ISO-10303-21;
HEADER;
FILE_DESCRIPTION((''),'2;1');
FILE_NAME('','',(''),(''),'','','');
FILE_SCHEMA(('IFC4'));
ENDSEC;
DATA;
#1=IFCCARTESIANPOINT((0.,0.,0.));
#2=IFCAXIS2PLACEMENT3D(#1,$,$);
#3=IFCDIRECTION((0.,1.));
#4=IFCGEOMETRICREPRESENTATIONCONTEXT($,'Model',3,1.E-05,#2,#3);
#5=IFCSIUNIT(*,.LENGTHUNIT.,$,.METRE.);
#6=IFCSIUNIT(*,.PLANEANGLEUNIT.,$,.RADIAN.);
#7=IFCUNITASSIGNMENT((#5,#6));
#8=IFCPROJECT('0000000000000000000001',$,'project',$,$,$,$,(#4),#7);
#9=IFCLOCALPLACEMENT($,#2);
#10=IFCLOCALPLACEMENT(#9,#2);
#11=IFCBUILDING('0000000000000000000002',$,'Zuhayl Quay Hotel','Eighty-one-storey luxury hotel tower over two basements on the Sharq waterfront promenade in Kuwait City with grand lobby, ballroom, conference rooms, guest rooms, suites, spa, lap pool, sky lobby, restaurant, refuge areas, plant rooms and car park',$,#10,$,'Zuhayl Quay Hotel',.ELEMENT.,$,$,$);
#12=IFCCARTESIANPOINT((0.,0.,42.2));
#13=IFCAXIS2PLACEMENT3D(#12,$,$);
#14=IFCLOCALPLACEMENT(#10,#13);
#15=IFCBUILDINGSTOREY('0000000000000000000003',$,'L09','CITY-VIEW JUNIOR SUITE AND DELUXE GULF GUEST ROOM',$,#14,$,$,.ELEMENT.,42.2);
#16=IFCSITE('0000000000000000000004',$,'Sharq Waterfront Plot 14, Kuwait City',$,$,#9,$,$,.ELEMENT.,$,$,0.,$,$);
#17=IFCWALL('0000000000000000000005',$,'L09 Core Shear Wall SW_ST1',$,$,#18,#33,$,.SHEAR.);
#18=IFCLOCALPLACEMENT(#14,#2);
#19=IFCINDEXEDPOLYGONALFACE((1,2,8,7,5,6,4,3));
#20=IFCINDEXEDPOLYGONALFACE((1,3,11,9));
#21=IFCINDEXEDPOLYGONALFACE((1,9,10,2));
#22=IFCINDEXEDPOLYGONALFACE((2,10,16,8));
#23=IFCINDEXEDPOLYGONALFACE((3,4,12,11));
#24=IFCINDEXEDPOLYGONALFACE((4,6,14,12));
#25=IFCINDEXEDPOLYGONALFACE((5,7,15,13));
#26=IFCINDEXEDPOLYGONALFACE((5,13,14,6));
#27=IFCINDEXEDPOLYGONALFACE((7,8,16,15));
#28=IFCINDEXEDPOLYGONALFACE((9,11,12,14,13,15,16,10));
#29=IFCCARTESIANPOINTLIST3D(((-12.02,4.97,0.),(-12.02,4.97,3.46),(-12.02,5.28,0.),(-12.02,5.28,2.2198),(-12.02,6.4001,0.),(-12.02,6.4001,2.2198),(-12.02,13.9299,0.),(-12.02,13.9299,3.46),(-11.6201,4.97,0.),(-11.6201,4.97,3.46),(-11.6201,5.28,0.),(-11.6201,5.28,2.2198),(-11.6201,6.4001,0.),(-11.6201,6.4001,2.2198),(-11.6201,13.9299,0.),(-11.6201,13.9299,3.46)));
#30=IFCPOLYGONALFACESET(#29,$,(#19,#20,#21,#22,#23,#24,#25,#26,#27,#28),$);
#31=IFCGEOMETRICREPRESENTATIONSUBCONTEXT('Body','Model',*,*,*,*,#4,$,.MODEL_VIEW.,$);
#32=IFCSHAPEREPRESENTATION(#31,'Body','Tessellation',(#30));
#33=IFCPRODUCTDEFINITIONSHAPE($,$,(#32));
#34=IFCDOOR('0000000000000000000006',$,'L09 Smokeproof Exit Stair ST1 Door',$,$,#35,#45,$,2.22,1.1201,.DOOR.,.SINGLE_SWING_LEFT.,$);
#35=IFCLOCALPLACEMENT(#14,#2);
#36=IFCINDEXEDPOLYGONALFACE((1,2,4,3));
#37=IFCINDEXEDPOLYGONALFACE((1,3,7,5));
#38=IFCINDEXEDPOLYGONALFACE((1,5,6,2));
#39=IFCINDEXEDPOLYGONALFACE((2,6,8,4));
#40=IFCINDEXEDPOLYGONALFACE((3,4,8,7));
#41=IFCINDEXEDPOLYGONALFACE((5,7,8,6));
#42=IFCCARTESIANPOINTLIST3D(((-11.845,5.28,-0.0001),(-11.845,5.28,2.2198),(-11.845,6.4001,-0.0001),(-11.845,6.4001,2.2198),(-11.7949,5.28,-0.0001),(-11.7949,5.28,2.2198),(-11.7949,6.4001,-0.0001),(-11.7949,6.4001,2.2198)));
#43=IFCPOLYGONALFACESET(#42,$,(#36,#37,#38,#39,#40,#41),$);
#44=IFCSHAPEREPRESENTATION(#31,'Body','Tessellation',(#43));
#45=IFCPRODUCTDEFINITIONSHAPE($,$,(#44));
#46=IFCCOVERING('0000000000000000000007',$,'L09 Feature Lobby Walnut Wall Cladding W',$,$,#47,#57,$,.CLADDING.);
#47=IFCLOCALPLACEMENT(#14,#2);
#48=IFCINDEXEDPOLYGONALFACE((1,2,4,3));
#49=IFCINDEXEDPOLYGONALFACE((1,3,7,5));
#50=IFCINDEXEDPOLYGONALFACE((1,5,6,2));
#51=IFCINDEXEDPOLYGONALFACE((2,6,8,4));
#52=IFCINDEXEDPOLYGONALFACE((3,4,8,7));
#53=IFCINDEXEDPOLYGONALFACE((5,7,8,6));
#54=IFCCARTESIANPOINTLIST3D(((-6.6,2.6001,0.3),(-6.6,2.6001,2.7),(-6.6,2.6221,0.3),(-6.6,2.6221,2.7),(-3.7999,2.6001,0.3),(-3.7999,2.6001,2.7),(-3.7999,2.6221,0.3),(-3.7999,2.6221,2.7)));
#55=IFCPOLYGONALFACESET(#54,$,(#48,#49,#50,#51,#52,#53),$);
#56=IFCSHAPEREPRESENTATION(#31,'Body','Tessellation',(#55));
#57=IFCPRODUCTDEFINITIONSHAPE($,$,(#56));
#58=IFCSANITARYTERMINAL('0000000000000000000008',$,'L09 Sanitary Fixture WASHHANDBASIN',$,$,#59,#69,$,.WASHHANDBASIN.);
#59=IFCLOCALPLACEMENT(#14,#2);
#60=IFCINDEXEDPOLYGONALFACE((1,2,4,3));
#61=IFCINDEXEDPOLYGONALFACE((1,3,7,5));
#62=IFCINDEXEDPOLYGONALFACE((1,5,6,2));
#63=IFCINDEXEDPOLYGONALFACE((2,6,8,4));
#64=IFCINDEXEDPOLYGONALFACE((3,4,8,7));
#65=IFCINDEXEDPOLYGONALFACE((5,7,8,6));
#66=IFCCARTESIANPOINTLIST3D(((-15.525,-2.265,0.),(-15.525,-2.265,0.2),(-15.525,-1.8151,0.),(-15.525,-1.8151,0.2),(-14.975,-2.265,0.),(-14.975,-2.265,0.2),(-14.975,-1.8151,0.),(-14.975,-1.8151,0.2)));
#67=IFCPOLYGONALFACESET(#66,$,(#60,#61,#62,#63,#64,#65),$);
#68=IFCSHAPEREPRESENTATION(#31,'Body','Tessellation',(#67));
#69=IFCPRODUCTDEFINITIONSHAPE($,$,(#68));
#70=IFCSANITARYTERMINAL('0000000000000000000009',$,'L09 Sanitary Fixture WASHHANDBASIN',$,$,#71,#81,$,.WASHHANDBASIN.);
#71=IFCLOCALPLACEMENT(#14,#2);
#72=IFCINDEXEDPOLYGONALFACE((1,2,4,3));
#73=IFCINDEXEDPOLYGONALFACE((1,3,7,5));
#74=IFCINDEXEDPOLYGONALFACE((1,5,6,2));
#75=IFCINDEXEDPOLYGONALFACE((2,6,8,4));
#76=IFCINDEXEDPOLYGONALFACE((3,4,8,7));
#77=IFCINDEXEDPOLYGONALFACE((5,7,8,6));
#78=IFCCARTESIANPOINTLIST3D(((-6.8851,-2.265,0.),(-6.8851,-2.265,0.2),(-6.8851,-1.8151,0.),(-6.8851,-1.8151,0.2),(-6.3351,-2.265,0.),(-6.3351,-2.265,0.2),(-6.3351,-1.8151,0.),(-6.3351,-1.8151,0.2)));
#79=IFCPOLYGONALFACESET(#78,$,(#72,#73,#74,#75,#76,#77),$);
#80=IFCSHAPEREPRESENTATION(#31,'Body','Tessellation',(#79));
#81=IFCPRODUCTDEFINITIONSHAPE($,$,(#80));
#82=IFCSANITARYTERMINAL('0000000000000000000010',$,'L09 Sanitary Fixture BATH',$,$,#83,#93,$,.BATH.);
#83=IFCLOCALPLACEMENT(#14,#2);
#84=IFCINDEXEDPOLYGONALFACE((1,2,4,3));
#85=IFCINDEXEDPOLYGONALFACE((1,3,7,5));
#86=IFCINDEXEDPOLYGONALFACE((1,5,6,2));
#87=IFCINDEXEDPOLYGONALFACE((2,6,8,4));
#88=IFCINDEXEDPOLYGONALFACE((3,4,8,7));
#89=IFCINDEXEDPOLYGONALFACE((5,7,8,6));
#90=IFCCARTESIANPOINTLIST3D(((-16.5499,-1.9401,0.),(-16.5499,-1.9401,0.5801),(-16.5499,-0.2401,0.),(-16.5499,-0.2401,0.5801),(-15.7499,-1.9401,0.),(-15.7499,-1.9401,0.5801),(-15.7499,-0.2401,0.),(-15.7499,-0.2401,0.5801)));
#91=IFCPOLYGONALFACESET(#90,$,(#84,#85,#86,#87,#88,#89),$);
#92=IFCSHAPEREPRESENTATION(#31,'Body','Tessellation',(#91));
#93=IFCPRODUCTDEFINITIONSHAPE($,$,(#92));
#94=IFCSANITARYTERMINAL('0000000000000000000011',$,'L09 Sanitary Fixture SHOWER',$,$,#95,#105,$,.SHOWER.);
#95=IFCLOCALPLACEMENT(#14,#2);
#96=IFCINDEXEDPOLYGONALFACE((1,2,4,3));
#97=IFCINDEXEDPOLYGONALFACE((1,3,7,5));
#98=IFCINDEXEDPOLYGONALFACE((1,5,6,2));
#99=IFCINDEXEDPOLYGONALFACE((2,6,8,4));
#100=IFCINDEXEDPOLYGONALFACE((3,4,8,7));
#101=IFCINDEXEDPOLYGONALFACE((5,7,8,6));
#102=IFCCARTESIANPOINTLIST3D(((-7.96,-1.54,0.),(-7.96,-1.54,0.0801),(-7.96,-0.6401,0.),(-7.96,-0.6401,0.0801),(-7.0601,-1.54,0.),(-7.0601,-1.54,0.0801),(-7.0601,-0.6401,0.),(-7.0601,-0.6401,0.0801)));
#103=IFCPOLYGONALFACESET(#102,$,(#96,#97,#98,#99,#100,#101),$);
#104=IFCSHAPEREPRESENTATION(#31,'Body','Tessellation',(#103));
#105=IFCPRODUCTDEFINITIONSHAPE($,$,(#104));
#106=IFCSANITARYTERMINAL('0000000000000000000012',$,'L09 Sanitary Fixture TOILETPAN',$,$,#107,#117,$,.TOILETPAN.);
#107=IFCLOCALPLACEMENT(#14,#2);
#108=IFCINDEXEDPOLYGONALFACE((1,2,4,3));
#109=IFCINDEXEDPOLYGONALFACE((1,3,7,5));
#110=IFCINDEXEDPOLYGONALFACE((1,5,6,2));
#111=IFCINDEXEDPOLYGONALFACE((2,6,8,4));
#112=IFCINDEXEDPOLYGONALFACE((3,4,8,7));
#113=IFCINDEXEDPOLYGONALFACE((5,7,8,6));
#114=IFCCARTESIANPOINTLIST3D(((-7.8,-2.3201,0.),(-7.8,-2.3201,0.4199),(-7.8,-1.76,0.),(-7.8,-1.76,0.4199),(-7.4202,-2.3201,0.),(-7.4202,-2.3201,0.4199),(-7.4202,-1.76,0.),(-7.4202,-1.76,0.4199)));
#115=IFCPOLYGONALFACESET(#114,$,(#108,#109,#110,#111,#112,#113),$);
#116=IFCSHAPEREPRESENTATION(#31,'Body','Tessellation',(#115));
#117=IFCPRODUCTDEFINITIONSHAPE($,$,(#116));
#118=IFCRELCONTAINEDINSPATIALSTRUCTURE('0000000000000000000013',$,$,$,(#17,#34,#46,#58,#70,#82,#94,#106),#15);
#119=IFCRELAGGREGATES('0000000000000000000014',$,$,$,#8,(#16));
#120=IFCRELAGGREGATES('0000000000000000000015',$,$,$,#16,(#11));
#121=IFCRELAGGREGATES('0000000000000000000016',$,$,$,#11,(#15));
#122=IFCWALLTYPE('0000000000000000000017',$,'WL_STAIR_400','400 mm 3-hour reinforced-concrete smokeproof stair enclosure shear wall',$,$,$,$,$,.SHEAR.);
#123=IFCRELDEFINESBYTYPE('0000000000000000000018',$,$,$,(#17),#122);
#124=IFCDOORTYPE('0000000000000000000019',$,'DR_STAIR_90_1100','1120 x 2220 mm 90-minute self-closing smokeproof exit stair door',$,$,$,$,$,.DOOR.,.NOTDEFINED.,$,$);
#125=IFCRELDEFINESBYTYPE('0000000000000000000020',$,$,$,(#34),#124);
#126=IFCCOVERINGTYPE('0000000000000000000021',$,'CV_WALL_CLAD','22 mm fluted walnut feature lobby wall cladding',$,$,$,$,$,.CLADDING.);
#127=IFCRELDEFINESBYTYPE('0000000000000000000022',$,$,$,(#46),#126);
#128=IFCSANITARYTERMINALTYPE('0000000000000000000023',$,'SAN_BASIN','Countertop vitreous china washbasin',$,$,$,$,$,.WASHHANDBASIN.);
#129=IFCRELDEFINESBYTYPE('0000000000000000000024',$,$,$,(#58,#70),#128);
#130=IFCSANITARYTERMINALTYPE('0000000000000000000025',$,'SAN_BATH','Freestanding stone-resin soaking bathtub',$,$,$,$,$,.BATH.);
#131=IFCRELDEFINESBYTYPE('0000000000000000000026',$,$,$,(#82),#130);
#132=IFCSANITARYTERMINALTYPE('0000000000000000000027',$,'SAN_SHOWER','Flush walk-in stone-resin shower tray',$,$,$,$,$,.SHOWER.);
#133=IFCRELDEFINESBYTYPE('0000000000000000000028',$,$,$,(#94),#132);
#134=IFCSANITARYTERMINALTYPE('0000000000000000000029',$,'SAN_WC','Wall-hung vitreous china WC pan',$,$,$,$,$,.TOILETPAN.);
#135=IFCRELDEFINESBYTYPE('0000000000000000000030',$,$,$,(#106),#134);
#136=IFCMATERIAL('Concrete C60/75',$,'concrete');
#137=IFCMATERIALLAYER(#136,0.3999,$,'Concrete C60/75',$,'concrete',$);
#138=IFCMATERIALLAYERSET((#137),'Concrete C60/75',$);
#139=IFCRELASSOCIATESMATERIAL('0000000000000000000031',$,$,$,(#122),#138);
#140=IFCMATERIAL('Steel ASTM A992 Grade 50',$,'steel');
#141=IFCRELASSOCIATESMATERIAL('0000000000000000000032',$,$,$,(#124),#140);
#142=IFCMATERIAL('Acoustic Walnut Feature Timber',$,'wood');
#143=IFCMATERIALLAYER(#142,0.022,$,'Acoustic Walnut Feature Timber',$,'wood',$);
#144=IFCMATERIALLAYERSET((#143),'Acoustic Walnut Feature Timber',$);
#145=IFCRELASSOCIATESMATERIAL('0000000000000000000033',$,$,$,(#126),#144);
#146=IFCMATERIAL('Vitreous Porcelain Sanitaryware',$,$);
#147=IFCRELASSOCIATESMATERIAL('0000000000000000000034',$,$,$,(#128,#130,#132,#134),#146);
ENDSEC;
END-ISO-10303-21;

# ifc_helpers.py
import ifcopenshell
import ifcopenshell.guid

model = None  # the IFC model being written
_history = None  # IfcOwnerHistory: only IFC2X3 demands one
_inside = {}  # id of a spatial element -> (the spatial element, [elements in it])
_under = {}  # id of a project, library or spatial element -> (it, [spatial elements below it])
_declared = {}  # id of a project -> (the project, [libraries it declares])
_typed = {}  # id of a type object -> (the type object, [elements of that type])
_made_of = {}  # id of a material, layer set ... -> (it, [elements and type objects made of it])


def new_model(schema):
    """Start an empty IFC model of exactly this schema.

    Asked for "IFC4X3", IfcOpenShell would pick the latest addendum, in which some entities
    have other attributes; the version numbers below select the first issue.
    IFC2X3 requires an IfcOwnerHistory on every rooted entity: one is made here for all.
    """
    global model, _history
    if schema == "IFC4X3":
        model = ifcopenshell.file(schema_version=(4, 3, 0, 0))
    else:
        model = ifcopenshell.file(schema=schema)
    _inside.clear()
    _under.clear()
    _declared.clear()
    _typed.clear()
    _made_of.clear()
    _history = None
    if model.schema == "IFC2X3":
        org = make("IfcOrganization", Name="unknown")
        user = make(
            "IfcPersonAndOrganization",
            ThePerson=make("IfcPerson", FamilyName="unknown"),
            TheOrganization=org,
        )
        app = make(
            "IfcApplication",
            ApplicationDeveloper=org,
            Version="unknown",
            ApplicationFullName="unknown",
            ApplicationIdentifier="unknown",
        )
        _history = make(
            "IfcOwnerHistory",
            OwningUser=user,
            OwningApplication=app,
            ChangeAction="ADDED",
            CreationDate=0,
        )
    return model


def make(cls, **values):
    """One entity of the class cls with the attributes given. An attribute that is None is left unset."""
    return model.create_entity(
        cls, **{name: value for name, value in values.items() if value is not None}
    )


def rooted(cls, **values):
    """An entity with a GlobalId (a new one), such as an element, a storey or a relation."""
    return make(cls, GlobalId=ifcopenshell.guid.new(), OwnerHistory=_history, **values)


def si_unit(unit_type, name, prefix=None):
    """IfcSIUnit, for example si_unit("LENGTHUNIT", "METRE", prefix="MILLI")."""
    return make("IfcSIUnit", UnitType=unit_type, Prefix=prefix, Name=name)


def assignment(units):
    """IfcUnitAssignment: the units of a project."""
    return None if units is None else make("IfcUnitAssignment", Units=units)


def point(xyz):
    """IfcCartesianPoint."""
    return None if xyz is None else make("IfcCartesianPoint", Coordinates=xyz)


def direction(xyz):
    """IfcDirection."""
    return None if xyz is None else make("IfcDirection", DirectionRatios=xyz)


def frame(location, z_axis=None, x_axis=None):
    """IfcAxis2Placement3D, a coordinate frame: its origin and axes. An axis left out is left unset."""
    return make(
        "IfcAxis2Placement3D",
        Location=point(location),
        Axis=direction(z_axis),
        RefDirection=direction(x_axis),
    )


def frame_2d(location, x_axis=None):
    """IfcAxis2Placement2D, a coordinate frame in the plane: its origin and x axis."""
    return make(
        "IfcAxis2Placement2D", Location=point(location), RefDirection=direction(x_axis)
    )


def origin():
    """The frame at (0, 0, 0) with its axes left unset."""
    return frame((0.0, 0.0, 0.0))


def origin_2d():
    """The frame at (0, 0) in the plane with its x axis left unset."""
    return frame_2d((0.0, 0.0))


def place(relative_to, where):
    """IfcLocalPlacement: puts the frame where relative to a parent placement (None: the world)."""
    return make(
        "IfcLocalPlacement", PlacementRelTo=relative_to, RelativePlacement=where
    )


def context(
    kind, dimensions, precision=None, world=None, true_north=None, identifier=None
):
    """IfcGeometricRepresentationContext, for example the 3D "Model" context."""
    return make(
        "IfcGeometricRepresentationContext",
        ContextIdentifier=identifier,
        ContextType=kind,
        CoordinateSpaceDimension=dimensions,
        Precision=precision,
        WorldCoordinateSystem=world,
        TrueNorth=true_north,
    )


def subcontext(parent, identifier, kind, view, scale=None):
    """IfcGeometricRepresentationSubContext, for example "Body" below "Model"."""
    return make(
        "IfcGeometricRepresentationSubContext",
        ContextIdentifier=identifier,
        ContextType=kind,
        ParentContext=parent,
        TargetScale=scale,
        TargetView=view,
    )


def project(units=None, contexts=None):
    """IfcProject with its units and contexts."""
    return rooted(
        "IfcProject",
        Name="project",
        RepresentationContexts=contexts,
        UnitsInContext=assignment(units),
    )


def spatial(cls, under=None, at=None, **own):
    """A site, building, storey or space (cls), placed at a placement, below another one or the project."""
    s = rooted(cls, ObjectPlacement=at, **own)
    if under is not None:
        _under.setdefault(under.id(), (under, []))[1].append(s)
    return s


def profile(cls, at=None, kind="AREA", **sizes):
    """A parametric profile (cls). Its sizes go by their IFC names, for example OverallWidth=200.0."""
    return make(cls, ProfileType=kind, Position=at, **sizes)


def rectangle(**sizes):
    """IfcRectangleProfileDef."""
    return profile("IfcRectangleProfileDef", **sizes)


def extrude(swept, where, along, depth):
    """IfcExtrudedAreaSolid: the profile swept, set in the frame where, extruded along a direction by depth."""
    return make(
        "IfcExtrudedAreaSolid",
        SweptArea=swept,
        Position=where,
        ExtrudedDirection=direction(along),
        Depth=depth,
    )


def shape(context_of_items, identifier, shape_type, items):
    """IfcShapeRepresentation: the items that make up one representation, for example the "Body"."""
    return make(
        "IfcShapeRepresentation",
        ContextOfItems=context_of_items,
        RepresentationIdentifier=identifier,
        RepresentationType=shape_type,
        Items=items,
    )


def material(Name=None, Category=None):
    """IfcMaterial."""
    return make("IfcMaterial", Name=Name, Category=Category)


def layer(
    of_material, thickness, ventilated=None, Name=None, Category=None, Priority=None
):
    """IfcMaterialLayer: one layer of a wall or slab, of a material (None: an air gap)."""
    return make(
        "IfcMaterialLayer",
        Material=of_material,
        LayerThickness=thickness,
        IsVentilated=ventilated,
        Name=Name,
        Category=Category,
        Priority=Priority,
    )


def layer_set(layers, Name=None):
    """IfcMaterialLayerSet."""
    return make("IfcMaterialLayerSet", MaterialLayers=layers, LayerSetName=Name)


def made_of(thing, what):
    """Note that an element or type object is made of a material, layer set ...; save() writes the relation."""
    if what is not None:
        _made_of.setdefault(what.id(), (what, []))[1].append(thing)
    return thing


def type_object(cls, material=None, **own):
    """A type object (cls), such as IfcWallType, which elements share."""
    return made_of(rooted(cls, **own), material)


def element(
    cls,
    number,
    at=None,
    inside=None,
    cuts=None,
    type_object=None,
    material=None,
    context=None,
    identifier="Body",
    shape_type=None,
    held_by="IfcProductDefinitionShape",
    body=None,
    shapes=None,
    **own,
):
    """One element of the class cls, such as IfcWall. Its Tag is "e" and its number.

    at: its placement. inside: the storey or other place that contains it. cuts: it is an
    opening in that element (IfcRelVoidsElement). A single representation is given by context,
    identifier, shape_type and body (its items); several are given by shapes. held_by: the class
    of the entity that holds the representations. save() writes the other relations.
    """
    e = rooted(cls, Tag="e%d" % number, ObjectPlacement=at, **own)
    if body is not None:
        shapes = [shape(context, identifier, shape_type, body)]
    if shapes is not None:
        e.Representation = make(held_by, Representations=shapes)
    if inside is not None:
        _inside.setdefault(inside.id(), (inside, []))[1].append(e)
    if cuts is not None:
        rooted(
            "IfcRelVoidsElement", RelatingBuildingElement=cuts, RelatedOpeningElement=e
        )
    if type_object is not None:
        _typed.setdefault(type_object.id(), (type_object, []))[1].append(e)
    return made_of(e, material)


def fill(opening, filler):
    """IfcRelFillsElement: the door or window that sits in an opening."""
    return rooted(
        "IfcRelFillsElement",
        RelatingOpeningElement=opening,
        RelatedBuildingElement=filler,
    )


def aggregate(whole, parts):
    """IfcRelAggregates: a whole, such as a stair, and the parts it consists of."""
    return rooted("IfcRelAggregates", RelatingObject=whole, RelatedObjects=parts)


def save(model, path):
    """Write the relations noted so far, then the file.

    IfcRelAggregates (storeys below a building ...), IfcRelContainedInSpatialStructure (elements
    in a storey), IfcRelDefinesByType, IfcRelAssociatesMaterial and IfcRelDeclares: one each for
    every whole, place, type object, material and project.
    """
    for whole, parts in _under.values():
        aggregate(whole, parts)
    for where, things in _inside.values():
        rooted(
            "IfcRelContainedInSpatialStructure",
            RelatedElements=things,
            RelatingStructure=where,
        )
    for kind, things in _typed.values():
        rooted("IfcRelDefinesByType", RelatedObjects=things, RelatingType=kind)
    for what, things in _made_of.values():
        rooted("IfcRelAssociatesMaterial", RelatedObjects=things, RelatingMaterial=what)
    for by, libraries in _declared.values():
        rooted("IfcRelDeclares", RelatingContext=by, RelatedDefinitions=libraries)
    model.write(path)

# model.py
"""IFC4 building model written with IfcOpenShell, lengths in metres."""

from ifc_helpers import new_model, si_unit, direction, frame, frame_2d, origin, origin_2d, place, context, subcontext, project, spatial, rectangle, extrude, material, layer, layer_set, type_object, element, fill, save


model = new_model("IFC4")

# Units and contexts
model_context = context("Model", 3, precision=1e-05, world=origin(), true_north=direction((0.0, 1.0)))
body_context = subcontext(model_context, "Body", "Model", "MODEL_VIEW")
ifc_project = project(units=[si_unit("LENGTHUNIT", "METRE"), si_unit("PLANEANGLEUNIT", "RADIAN")], contexts=[model_context])

# Site, building, storey
site_placement = place(None, origin())
site = spatial("IfcSite", under=ifc_project, at=site_placement, Name="Sharq Waterfront Plot 14, Kuwait City", CompositionType="ELEMENT", RefElevation=0.0)
building_placement = place(site_placement, origin())
building = spatial("IfcBuilding", under=site, at=building_placement, Name="Zuhayl Quay Hotel", Description="Eighty-one-storey luxury hotel tower over two basements on the Sharq waterfront promenade in Kuwait City with grand lobby, ballroom, conference rooms, guest rooms, suites, spa, lap pool, sky lobby, restaurant, refuge areas, plant rooms and car park", LongName="Zuhayl Quay Hotel", CompositionType="ELEMENT")
storey_placement = place(building_placement, frame((0.0, 0.0, 42.2)))
storey = spatial("IfcBuildingStorey", under=building, at=storey_placement, Name="L09", Description="CITY-VIEW JUNIOR SUITE AND DELUXE GULF GUEST ROOM", CompositionType="ELEMENT", Elevation=42.2)

# Shared definitions
ifc_material_1 = material(Name="Concrete C60/75", Category="concrete")
ifc_material_2 = material(Name="Steel ASTM A992 Grade 50", Category="steel")

# Wall, opening, door
ifc_layer_1 = layer(ifc_material_1, 0.3999, Name="Concrete C60/75", Category="concrete")
ifc_layer_set_1 = layer_set([ifc_layer_1], Name="Concrete C60/75")
wall_type_1 = type_object("IfcWallType", Name="WL_STAIR_400", Description="400 mm 3-hour reinforced-concrete smokeproof stair enclosure shear wall", PredefinedType="SHEAR", material=ifc_layer_set_1)
wall_1_placement = place(storey_placement, frame((-11.8201, 4.97, 0.0), z_axis=(0.0, 0.0, 1.0), x_axis=(0.0, 1.0, 0.0)))
wall_1 = element("IfcWall", 1, at=wall_1_placement, inside=storey, type_object=wall_type_1, Name="L09 Core Shear Wall SW_ST1", PredefinedType="SHEAR", context=body_context, shape_type="SweptSolid", body=[
    extrude(rectangle(XDim=8.96, YDim=0.3999, at=frame_2d((4.48, 0.0))), origin(), (0.0, 0.0, 1.0), 3.46),
])
opening_1_placement = place(wall_1_placement, frame((0.3101, 0.0, 0.0)))
opening_1 = element("IfcOpeningElement", 2, at=opening_1_placement, cuts=wall_1, PredefinedType="OPENING", context=body_context, shape_type="SweptSolid", body=[
    extrude(rectangle(XDim=1.1201, YDim=2.22, at=frame_2d((0.5601, 1.1099))), frame((0.0, 0.21, 0.0), z_axis=(0.0, -1.0, 0.0), x_axis=(1.0, 0.0, 0.0)), (0.0, 0.0, 1.0), 0.4199),
])
door_type_1 = type_object("IfcDoorType", Name="DR_STAIR_90_1100", Description="1120 x 2220 mm 90-minute self-closing smokeproof exit stair door", OperationType="NOTDEFINED", PredefinedType="DOOR", material=ifc_material_2)
door_1_placement = place(opening_1_placement, origin())
door_1 = element("IfcDoor", 3, at=door_1_placement, inside=storey, type_object=door_type_1, Name="L09 Smokeproof Exit Stair ST1 Door", OperationType="SINGLE_SWING_LEFT", OverallHeight=2.22, OverallWidth=1.1201, PredefinedType="DOOR", context=body_context, shape_type="SweptSolid", body=[
    extrude(rectangle(XDim=1.1201, YDim=2.22, at=frame_2d((0.5601, 1.1099))), frame((0.0, 0.0249, 0.0), z_axis=(0.0, -1.0, 0.0), x_axis=(1.0, 0.0, 0.0)), (0.0, 0.0, 1.0), 0.05),
])
fill(opening_1, door_1)

# Covering
ifc_material_3 = material(Name="Acoustic Walnut Feature Timber", Category="wood")
ifc_layer_2 = layer(ifc_material_3, 0.022, Name="Acoustic Walnut Feature Timber", Category="wood")
ifc_layer_set_2 = layer_set([ifc_layer_2], Name="Acoustic Walnut Feature Timber")
covering_type = type_object("IfcCoveringType", Name="CV_WALL_CLAD", Description="22 mm fluted walnut feature lobby wall cladding", PredefinedType="CLADDING", material=ifc_layer_set_2)
covering_placement = place(storey_placement, frame((-5.2, 2.6111, 0.3), z_axis=(0.0, 0.0, 1.0), x_axis=(1.0, 0.0, 0.0)))
element("IfcCovering", 4, at=covering_placement, inside=storey, type_object=covering_type, Name="L09 Feature Lobby Walnut Wall Cladding W", PredefinedType="CLADDING", context=body_context, shape_type="SweptSolid", body=[
    extrude(rectangle(XDim=2.8, YDim=0.022, at=origin_2d()), origin(), (0.0, 0.0, 1.0), 2.3999),
])

# Sanitary terminals
ifc_material_4 = material(Name="Vitreous Porcelain Sanitaryware")
sanitary_terminal_type_1 = type_object("IfcSanitaryTerminalType", Name="SAN_BASIN", Description="Countertop vitreous china washbasin", PredefinedType="WASHHANDBASIN", material=ifc_material_4)
for number, where, z_axis, x_axis, name in (
    (5, (-15.25, -2.04, 0.0), (0.0, 0.0, 1.0), (1.0, 0.0, 0.0), "L09 Sanitary Fixture WASHHANDBASIN"),
    (6, (-6.6101, -2.04, 0.0), (0.0, 0.0, 1.0), (1.0, 0.0, 0.0), "L09 Sanitary Fixture WASHHANDBASIN"),
):
    element("IfcSanitaryTerminal", number, at=place(storey_placement, frame(where, z_axis=z_axis, x_axis=x_axis)), inside=storey, type_object=sanitary_terminal_type_1, Name=name, PredefinedType="WASHHANDBASIN", context=body_context, shape_type="SweptSolid", body=[
        extrude(rectangle(XDim=0.55, YDim=0.45, at=origin_2d()), origin(), (0.0, 0.0, 1.0), 0.2),
    ])
sanitary_terminal_type_2 = type_object("IfcSanitaryTerminalType", Name="SAN_BATH", Description="Freestanding stone-resin soaking bathtub", PredefinedType="BATH", material=ifc_material_4)
sanitary_terminal_1_placement = place(storey_placement, frame((-16.1499, -1.0901, 0.0), z_axis=(0.0, 0.0, 1.0), x_axis=(1.0, 0.0, 0.0)))
element("IfcSanitaryTerminal", 7, at=sanitary_terminal_1_placement, inside=storey, type_object=sanitary_terminal_type_2, Name="L09 Sanitary Fixture BATH", PredefinedType="BATH", context=body_context, shape_type="SweptSolid", body=[
    extrude(rectangle(XDim=0.8, YDim=1.7, at=origin_2d()), origin(), (0.0, 0.0, 1.0), 0.5801),
])
sanitary_terminal_type_3 = type_object("IfcSanitaryTerminalType", Name="SAN_SHOWER", Description="Flush walk-in stone-resin shower tray", PredefinedType="SHOWER", material=ifc_material_4)
sanitary_terminal_2_placement = place(storey_placement, frame((-7.51, -1.0901, 0.0), z_axis=(0.0, 0.0, 1.0), x_axis=(1.0, 0.0, 0.0)))
element("IfcSanitaryTerminal", 8, at=sanitary_terminal_2_placement, inside=storey, type_object=sanitary_terminal_type_3, Name="L09 Sanitary Fixture SHOWER", PredefinedType="SHOWER", context=body_context, shape_type="SweptSolid", body=[
    extrude(rectangle(XDim=0.8999, YDim=0.8999, at=origin_2d()), origin(), (0.0, 0.0, 1.0), 0.0801),
])
sanitary_terminal_type_4 = type_object("IfcSanitaryTerminalType", Name="SAN_WC", Description="Wall-hung vitreous china WC pan", PredefinedType="TOILETPAN", material=ifc_material_4)
sanitary_terminal_3_placement = place(storey_placement, frame((-7.6101, -2.04, 0.0), z_axis=(0.0, 0.0, 1.0), x_axis=(1.0, 0.0, 0.0)))
element("IfcSanitaryTerminal", 9, at=sanitary_terminal_3_placement, inside=storey, type_object=sanitary_terminal_type_4, Name="L09 Sanitary Fixture TOILETPAN", PredefinedType="TOILETPAN", context=body_context, shape_type="SweptSolid", body=[
    extrude(rectangle(XDim=0.3799, YDim=0.5601, at=origin_2d()), origin(), (0.0, 0.0, 1.0), 0.4199),
])

save(model, "model.ifc")
